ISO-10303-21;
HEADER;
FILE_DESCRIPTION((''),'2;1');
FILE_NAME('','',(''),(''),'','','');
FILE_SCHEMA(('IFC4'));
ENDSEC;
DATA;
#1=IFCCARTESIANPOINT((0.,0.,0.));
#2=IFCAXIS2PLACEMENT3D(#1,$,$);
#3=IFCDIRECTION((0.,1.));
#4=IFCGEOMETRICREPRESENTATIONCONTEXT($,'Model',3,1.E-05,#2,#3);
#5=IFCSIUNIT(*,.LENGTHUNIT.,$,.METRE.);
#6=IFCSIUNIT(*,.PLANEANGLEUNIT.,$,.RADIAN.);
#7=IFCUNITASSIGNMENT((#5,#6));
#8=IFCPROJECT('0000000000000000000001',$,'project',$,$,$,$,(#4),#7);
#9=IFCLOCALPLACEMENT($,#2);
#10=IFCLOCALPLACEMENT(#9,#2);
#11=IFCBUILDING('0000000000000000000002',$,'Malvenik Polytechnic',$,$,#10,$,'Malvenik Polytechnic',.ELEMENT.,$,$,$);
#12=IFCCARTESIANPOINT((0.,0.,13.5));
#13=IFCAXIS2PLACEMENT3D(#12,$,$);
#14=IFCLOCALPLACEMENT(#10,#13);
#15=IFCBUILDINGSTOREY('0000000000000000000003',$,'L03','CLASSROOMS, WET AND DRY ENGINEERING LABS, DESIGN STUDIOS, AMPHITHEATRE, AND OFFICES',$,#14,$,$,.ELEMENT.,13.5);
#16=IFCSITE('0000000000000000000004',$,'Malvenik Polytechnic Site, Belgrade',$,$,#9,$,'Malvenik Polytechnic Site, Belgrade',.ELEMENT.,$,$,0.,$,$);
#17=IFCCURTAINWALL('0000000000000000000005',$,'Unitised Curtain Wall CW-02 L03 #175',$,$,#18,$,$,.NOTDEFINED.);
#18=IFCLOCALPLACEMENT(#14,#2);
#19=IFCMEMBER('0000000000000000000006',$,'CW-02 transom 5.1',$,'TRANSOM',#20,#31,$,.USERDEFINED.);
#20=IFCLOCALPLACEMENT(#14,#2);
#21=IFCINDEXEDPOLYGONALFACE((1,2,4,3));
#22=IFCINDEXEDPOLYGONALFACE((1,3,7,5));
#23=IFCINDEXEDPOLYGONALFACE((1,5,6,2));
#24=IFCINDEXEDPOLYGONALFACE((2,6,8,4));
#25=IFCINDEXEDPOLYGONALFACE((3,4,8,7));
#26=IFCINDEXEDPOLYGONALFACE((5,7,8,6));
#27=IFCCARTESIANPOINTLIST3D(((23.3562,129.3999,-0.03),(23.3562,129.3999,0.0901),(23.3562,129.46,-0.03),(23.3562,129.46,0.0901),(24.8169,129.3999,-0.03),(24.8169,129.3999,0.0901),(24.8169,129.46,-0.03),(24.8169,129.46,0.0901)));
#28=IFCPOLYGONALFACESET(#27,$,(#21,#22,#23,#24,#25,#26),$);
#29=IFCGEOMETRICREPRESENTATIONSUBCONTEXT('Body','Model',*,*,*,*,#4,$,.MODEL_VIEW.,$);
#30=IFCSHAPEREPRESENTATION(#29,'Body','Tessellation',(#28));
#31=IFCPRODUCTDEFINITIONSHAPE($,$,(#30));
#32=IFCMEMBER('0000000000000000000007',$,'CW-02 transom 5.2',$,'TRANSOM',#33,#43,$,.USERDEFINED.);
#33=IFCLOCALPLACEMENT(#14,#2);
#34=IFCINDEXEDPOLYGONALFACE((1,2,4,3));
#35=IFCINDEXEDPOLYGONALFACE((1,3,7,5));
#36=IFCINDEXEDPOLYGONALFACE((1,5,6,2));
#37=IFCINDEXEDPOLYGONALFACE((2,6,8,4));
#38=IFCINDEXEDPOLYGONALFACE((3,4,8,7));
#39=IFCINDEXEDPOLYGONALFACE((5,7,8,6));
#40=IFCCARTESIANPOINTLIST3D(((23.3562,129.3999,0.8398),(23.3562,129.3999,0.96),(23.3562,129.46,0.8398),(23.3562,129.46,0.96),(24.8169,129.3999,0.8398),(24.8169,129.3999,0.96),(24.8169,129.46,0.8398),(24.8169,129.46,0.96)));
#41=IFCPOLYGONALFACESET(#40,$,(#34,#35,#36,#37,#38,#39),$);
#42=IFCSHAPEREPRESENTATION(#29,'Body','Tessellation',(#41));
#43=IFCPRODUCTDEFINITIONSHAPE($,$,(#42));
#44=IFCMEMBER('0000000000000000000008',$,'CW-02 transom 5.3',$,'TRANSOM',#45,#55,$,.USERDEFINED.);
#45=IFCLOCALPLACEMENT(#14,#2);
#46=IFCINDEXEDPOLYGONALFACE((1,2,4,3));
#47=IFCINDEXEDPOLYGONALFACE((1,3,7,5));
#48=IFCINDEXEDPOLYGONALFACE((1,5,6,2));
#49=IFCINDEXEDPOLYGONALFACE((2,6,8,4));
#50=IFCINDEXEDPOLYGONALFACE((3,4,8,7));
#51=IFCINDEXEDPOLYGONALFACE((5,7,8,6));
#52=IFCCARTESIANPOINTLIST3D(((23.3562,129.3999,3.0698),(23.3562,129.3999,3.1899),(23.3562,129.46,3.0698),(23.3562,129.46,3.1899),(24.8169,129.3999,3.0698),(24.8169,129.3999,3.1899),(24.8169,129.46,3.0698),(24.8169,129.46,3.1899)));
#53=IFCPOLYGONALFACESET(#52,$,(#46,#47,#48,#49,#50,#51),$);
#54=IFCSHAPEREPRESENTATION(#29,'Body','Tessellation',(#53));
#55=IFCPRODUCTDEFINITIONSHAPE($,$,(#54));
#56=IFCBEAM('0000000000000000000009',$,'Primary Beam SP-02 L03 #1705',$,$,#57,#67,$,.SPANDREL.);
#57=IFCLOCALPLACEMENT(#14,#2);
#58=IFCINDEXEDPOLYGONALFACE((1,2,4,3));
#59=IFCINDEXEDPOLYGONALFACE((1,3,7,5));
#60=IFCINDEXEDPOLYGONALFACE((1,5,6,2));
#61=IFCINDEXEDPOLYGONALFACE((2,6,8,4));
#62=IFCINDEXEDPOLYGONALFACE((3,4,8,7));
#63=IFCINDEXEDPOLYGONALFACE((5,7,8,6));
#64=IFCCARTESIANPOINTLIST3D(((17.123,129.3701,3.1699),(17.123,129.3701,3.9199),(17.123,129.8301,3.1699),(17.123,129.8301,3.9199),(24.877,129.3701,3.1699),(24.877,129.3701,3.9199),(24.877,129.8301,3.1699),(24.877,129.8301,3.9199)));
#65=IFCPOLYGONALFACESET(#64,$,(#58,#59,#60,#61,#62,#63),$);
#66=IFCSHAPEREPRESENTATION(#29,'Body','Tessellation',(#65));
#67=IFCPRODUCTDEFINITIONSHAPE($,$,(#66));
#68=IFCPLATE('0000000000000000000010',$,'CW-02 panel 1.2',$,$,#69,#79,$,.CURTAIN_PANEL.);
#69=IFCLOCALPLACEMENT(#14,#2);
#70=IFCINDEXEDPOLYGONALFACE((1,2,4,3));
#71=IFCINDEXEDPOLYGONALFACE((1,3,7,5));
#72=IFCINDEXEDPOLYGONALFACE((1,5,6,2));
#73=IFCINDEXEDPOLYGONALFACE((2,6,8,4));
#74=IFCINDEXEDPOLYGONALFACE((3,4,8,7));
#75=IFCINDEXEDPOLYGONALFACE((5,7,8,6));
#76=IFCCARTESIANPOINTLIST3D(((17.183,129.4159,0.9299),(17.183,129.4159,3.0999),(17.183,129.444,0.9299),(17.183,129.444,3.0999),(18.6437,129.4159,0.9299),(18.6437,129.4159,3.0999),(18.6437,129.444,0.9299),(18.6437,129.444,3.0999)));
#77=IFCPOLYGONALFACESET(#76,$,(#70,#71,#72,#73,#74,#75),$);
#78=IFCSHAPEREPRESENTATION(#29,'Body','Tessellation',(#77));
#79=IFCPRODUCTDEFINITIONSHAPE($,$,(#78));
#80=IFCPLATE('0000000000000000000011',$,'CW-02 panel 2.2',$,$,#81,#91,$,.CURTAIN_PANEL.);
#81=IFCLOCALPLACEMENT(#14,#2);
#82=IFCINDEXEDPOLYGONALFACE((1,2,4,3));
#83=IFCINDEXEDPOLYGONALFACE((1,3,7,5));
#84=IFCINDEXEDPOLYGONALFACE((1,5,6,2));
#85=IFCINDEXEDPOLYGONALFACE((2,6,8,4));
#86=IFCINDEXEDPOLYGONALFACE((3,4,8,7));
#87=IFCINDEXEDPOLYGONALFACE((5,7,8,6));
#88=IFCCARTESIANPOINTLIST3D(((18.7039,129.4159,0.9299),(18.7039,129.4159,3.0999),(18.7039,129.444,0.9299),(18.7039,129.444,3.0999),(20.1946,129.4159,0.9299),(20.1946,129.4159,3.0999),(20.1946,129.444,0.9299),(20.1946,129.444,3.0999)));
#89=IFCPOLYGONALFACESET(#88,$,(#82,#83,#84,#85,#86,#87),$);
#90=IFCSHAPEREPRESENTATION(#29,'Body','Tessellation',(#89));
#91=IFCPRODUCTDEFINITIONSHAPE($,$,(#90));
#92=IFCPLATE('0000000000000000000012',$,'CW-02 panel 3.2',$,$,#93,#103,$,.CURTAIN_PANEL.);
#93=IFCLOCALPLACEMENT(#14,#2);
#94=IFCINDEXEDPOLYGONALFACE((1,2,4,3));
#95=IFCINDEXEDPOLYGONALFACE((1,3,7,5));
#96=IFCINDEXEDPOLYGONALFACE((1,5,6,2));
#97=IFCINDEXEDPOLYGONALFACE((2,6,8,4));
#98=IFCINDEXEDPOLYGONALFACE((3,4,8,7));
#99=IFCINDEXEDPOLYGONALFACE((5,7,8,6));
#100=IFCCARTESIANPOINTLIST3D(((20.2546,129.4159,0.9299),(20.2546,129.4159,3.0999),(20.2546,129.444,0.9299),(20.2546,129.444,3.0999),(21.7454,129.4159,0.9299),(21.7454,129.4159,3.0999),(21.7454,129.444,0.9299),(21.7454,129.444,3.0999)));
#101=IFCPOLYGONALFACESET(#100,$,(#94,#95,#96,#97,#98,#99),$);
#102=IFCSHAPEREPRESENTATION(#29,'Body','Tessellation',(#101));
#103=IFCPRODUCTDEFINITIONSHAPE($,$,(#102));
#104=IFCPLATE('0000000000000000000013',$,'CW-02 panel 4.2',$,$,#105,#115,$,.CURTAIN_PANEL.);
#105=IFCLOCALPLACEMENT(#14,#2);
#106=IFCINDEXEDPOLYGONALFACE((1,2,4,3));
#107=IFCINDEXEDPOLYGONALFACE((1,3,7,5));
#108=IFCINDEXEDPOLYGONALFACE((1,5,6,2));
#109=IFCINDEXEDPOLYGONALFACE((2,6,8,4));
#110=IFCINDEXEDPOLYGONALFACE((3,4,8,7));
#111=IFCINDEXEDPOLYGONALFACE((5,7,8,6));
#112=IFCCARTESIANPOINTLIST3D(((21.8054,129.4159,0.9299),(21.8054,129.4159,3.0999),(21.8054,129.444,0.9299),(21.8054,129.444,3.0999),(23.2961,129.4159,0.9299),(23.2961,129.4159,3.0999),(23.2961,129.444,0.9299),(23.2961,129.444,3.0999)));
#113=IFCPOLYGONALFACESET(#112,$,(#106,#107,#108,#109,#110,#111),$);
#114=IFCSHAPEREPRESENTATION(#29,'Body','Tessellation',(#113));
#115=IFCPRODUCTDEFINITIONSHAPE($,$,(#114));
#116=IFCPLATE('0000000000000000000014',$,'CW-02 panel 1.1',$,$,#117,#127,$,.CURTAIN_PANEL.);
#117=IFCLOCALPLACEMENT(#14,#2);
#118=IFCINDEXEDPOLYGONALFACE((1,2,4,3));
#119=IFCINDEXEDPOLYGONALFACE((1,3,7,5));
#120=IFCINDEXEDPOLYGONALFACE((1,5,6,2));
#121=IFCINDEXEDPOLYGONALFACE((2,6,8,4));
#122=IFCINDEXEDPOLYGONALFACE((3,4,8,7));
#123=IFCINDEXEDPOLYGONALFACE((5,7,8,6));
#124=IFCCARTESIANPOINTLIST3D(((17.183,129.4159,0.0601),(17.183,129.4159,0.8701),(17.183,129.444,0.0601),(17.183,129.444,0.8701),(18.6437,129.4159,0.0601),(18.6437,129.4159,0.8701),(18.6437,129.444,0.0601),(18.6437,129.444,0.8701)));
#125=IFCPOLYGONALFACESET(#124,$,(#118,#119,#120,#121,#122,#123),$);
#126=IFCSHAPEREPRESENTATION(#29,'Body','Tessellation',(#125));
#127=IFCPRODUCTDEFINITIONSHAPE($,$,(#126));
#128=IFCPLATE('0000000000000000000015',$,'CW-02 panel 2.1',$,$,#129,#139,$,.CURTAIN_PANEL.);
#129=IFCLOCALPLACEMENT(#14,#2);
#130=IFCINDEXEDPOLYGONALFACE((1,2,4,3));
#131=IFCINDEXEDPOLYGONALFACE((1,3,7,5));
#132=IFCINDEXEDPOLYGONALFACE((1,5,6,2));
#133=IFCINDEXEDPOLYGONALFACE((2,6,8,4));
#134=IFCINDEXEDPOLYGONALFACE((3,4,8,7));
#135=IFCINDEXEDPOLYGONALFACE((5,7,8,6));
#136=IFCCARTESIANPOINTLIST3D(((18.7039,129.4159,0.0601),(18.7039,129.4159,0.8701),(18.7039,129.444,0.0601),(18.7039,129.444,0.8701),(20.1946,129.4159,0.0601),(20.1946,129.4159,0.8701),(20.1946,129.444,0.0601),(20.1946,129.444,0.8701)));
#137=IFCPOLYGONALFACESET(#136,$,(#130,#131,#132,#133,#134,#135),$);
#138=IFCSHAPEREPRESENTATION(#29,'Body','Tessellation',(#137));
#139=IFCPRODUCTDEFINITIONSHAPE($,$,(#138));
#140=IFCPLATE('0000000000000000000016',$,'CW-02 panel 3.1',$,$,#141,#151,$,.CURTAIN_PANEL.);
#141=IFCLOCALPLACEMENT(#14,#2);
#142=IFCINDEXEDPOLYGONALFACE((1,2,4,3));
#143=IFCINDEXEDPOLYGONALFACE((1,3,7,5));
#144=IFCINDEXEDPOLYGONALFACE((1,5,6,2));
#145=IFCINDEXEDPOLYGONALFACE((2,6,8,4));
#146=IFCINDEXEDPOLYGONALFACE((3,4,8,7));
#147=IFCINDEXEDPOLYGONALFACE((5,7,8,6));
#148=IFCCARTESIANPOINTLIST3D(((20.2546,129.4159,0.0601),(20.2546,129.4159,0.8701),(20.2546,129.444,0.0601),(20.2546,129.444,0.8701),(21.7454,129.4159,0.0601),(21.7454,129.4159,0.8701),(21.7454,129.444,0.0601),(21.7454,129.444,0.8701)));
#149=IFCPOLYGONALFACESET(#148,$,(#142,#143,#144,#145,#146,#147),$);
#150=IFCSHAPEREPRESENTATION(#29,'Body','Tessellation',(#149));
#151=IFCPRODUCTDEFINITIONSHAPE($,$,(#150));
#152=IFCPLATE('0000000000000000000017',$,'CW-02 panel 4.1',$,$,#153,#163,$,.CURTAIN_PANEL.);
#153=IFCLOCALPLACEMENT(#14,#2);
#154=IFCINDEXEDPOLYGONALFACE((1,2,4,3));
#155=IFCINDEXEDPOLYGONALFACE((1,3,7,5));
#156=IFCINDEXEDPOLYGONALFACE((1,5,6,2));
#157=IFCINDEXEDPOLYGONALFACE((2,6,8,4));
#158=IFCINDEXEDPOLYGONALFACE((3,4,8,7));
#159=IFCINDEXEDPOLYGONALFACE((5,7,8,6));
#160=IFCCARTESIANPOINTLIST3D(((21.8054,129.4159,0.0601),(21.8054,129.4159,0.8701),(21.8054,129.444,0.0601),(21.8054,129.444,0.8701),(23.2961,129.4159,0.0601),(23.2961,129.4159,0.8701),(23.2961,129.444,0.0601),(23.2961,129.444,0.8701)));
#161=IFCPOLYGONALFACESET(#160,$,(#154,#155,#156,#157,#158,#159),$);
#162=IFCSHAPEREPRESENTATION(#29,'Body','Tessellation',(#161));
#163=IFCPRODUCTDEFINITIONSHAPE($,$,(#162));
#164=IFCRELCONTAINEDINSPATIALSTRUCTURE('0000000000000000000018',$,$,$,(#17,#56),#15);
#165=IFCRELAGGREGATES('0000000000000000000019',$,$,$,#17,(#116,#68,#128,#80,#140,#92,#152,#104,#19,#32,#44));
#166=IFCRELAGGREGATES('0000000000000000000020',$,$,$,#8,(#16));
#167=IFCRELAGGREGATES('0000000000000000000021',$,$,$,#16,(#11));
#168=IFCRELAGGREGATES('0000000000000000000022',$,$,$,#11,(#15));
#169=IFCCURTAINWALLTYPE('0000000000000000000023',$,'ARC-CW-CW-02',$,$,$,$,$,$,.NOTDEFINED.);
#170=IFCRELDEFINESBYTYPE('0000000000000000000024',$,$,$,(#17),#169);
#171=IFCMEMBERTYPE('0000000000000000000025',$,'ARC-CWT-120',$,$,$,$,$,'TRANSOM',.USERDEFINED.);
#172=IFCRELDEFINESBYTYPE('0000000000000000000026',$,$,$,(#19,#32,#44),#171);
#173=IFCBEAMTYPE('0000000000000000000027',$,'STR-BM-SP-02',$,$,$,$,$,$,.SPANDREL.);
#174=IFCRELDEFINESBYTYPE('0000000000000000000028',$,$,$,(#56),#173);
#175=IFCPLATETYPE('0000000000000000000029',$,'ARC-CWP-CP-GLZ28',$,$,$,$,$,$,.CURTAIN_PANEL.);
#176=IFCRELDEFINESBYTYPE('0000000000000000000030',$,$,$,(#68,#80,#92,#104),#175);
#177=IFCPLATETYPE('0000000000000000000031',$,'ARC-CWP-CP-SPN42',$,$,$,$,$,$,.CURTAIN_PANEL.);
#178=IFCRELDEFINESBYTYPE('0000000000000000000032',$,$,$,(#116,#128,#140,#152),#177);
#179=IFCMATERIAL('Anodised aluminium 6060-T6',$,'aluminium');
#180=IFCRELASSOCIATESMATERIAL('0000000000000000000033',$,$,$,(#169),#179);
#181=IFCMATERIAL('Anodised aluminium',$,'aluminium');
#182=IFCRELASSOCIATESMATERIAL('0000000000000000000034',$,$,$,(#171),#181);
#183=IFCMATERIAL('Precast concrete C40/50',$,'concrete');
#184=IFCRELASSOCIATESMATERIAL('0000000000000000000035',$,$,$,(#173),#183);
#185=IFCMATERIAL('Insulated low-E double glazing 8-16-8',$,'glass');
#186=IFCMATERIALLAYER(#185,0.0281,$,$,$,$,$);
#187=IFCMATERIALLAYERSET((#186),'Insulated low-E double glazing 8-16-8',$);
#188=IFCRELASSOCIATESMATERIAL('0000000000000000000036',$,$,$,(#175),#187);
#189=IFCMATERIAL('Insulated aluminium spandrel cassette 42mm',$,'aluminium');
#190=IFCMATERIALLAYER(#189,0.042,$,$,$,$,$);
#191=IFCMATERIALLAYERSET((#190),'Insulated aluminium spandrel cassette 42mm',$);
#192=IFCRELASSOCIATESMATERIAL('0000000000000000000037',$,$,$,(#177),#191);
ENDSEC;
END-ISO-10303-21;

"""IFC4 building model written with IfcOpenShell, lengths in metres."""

from ifc_helpers import new_model, si_unit, direction, frame, origin, origin_2d, place, context, subcontext, project, spatial, rectangle, extrude, material, layer, layer_set, material_profile, profile_set, type_object, element, aggregate, save


model = new_model("IFC4")

# Units and contexts
model_context = context("Model", 3, precision=1e-05, world=origin(), true_north=direction((0.0, 1.0)))
body_context = subcontext(model_context, "Body", "Model", "MODEL_VIEW")
ifc_project = project(units=[si_unit("LENGTHUNIT", "METRE"), si_unit("PLANEANGLEUNIT", "RADIAN")], contexts=[model_context])

# Site, building, storey
site_placement = place(None, origin())
site = spatial("IfcSite", under=ifc_project, at=site_placement, Name="Malvenik Polytechnic Site, Belgrade", LongName="Malvenik Polytechnic Site, Belgrade", CompositionType="ELEMENT", RefElevation=0.0)
building_placement = place(site_placement, origin())
building = spatial("IfcBuilding", under=site, at=building_placement, Name="Malvenik Polytechnic", LongName="Malvenik Polytechnic", CompositionType="ELEMENT")
storey_placement = place(building_placement, frame((0.0, 0.0, 13.5)))
storey = spatial("IfcBuildingStorey", under=building, at=storey_placement, Name="L03", Description="CLASSROOMS, WET AND DRY ENGINEERING LABS, DESIGN STUDIOS, AMPHITHEATRE, AND OFFICES", CompositionType="ELEMENT", Elevation=13.5)

# Curtain wall, members
ifc_material_1 = material(Name="Anodised aluminium 6060-T6", Category="aluminium")
curtain_wall_type = type_object("IfcCurtainWallType", Name="ARC-CW-CW-02", PredefinedType="NOTDEFINED", material=ifc_material_1)
curtain_wall_placement = place(storey_placement, origin())
curtain_wall = element("IfcCurtainWall", 1, at=curtain_wall_placement, inside=storey, type_object=curtain_wall_type, Name="Unitised Curtain Wall CW-02 L03 #175", PredefinedType="NOTDEFINED")
ifc_material_2 = material(Name="Anodised aluminium", Category="aluminium")
ifc_material_profile_1 = material_profile(ifc_material_2, rectangle(XDim=0.0601, YDim=0.1201, at=origin_2d()), Name="ALU TRANSOM 60x120")
ifc_profile_set_1 = profile_set([ifc_material_profile_1], Name="Anodised aluminium")
member_type_1 = type_object("IfcMemberType", Name="ARC-CWT-120", ElementType="TRANSOM", PredefinedType="USERDEFINED", material=ifc_profile_set_1)
member_1_placement = place(storey_placement, frame((23.3562, 129.4299, 0.03), z_axis=(1.0, 0.0, 0.0), x_axis=(0.0, 1.0, 0.0)))
member_1 = element("IfcMember", 2, at=member_1_placement, type_object=member_type_1, Name="CW-02 transom 5.1", ObjectType="TRANSOM", PredefinedType="USERDEFINED", context=body_context, shape_type="SweptSolid", body=[
    extrude(rectangle(XDim=0.0601, YDim=0.1201, at=origin_2d()), origin(), (0.0, 0.0, 1.0), 1.4607),
])
member_2_placement = place(storey_placement, frame((23.3562, 129.4299, 0.8999), z_axis=(1.0, 0.0, 0.0), x_axis=(0.0, 1.0, 0.0)))
member_2 = element("IfcMember", 3, at=member_2_placement, type_object=member_type_1, Name="CW-02 transom 5.2", ObjectType="TRANSOM", PredefinedType="USERDEFINED", context=body_context, shape_type="SweptSolid", body=[
    extrude(rectangle(XDim=0.0601, YDim=0.1201, at=origin_2d()), origin(), (0.0, 0.0, 1.0), 1.4607),
])
member_3_placement = place(storey_placement, frame((23.3562, 129.4299, 3.1299), z_axis=(1.0, 0.0, 0.0), x_axis=(0.0, 1.0, 0.0)))
member_3 = element("IfcMember", 4, at=member_3_placement, type_object=member_type_1, Name="CW-02 transom 5.3", ObjectType="TRANSOM", PredefinedType="USERDEFINED", context=body_context, shape_type="SweptSolid", body=[
    extrude(rectangle(XDim=0.0601, YDim=0.1201, at=origin_2d()), origin(), (0.0, 0.0, 1.0), 1.4607),
])

# Beam
ifc_material_3 = material(Name="Precast concrete C40/50", Category="concrete")
ifc_material_profile_2 = material_profile(ifc_material_3, rectangle(XDim=0.46, YDim=0.75, at=origin_2d()), Name="PC SPN 460x750")
ifc_profile_set_2 = profile_set([ifc_material_profile_2], Name="Precast concrete C40/50")
beam_type = type_object("IfcBeamType", Name="STR-BM-SP-02", PredefinedType="SPANDREL", material=ifc_profile_set_2)
beam_placement = place(storey_placement, frame((17.123, 129.6001, 3.5449), z_axis=(1.0, 0.0, 0.0), x_axis=(0.0, 1.0, 0.0)))
element("IfcBeam", 5, at=beam_placement, inside=storey, type_object=beam_type, Name="Primary Beam SP-02 L03 #1705", PredefinedType="SPANDREL", context=body_context, shape_type="SweptSolid", body=[
    extrude(rectangle(XDim=0.46, YDim=0.75, at=origin_2d()), origin(), (0.0, 0.0, 1.0), 7.7539),
])

# Plates
ifc_material_4 = material(Name="Insulated low-E double glazing 8-16-8", Category="glass")
ifc_layer_1 = layer(ifc_material_4, 0.0281)
ifc_layer_set_1 = layer_set([ifc_layer_1], Name="Insulated low-E double glazing 8-16-8")
plate_type_1 = type_object("IfcPlateType", Name="ARC-CWP-CP-GLZ28", PredefinedType="CURTAIN_PANEL", material=ifc_layer_set_1)
plate_1_placement = place(storey_placement, frame((17.9133, 129.4299, 0.9299), z_axis=(0.0, 0.0, 1.0), x_axis=(1.0, 0.0, 0.0)))
plate_1 = element("IfcPlate", 6, at=plate_1_placement, type_object=plate_type_1, Name="CW-02 panel 1.2", PredefinedType="CURTAIN_PANEL", context=body_context, shape_type="SweptSolid", body=[
    extrude(rectangle(XDim=1.4607, YDim=0.0281, at=origin_2d()), origin(), (0.0, 0.0, 1.0), 2.1699),
])
plate_2_placement = place(storey_placement, frame((19.4492, 129.4299, 0.9299), z_axis=(0.0, 0.0, 1.0), x_axis=(1.0, 0.0, 0.0)))
plate_2 = element("IfcPlate", 7, at=plate_2_placement, type_object=plate_type_1, Name="CW-02 panel 2.2", PredefinedType="CURTAIN_PANEL", context=body_context, shape_type="SweptSolid", body=[
    extrude(rectangle(XDim=1.4907, YDim=0.0281, at=origin_2d()), origin(), (0.0, 0.0, 1.0), 2.1699),
])
plate_3_placement = place(storey_placement, frame((21.0, 129.4299, 0.9299), z_axis=(0.0, 0.0, 1.0), x_axis=(1.0, 0.0, 0.0)))
plate_3 = element("IfcPlate", 8, at=plate_3_placement, type_object=plate_type_1, Name="CW-02 panel 3.2", PredefinedType="CURTAIN_PANEL", context=body_context, shape_type="SweptSolid", body=[
    extrude(rectangle(XDim=1.4907, YDim=0.0281, at=origin_2d()), origin(), (0.0, 0.0, 1.0), 2.1699),
])
plate_4_placement = place(storey_placement, frame((22.5508, 129.4299, 0.9299), z_axis=(0.0, 0.0, 1.0), x_axis=(1.0, 0.0, 0.0)))
plate_4 = element("IfcPlate", 9, at=plate_4_placement, type_object=plate_type_1, Name="CW-02 panel 4.2", PredefinedType="CURTAIN_PANEL", context=body_context, shape_type="SweptSolid", body=[
    extrude(rectangle(XDim=1.4907, YDim=0.0281, at=origin_2d()), origin(), (0.0, 0.0, 1.0), 2.1699),
])
ifc_material_5 = material(Name="Insulated aluminium spandrel cassette 42mm", Category="aluminium")
ifc_layer_2 = layer(ifc_material_5, 0.042)
ifc_layer_set_2 = layer_set([ifc_layer_2], Name="Insulated aluminium spandrel cassette 42mm")
plate_type_2 = type_object("IfcPlateType", Name="ARC-CWP-CP-SPN42", PredefinedType="CURTAIN_PANEL", material=ifc_layer_set_2)
plate_5_placement = place(storey_placement, frame((17.9133, 129.4299, 0.0601), z_axis=(0.0, 0.0, 1.0), x_axis=(1.0, 0.0, 0.0)))
plate_5 = element("IfcPlate", 10, at=plate_5_placement, type_object=plate_type_2, Name="CW-02 panel 1.1", PredefinedType="CURTAIN_PANEL", context=body_context, shape_type="SweptSolid", body=[
    extrude(rectangle(XDim=1.4607, YDim=0.0281, at=origin_2d()), origin(), (0.0, 0.0, 1.0), 0.8101),
])
plate_6_placement = place(storey_placement, frame((19.4492, 129.4299, 0.0601), z_axis=(0.0, 0.0, 1.0), x_axis=(1.0, 0.0, 0.0)))
plate_6 = element("IfcPlate", 11, at=plate_6_placement, type_object=plate_type_2, Name="CW-02 panel 2.1", PredefinedType="CURTAIN_PANEL", context=body_context, shape_type="SweptSolid", body=[
    extrude(rectangle(XDim=1.4907, YDim=0.0281, at=origin_2d()), origin(), (0.0, 0.0, 1.0), 0.8101),
])
plate_7_placement = place(storey_placement, frame((21.0, 129.4299, 0.0601), z_axis=(0.0, 0.0, 1.0), x_axis=(1.0, 0.0, 0.0)))
plate_7 = element("IfcPlate", 12, at=plate_7_placement, type_object=plate_type_2, Name="CW-02 panel 3.1", PredefinedType="CURTAIN_PANEL", context=body_context, shape_type="SweptSolid", body=[
    extrude(rectangle(XDim=1.4907, YDim=0.0281, at=origin_2d()), origin(), (0.0, 0.0, 1.0), 0.8101),
])
plate_8_placement = place(storey_placement, frame((22.5508, 129.4299, 0.0601), z_axis=(0.0, 0.0, 1.0), x_axis=(1.0, 0.0, 0.0)))
plate_8 = element("IfcPlate", 13, at=plate_8_placement, type_object=plate_type_2, Name="CW-02 panel 4.1", PredefinedType="CURTAIN_PANEL", context=body_context, shape_type="SweptSolid", body=[
    extrude(rectangle(XDim=1.4907, YDim=0.0281, at=origin_2d()), origin(), (0.0, 0.0, 1.0), 0.8101),
])
aggregate(curtain_wall, [plate_5, plate_1, plate_6, plate_2, plate_7, plate_3, plate_8, plate_4, member_1, member_2, member_3])

save(model, "model.ifc")
